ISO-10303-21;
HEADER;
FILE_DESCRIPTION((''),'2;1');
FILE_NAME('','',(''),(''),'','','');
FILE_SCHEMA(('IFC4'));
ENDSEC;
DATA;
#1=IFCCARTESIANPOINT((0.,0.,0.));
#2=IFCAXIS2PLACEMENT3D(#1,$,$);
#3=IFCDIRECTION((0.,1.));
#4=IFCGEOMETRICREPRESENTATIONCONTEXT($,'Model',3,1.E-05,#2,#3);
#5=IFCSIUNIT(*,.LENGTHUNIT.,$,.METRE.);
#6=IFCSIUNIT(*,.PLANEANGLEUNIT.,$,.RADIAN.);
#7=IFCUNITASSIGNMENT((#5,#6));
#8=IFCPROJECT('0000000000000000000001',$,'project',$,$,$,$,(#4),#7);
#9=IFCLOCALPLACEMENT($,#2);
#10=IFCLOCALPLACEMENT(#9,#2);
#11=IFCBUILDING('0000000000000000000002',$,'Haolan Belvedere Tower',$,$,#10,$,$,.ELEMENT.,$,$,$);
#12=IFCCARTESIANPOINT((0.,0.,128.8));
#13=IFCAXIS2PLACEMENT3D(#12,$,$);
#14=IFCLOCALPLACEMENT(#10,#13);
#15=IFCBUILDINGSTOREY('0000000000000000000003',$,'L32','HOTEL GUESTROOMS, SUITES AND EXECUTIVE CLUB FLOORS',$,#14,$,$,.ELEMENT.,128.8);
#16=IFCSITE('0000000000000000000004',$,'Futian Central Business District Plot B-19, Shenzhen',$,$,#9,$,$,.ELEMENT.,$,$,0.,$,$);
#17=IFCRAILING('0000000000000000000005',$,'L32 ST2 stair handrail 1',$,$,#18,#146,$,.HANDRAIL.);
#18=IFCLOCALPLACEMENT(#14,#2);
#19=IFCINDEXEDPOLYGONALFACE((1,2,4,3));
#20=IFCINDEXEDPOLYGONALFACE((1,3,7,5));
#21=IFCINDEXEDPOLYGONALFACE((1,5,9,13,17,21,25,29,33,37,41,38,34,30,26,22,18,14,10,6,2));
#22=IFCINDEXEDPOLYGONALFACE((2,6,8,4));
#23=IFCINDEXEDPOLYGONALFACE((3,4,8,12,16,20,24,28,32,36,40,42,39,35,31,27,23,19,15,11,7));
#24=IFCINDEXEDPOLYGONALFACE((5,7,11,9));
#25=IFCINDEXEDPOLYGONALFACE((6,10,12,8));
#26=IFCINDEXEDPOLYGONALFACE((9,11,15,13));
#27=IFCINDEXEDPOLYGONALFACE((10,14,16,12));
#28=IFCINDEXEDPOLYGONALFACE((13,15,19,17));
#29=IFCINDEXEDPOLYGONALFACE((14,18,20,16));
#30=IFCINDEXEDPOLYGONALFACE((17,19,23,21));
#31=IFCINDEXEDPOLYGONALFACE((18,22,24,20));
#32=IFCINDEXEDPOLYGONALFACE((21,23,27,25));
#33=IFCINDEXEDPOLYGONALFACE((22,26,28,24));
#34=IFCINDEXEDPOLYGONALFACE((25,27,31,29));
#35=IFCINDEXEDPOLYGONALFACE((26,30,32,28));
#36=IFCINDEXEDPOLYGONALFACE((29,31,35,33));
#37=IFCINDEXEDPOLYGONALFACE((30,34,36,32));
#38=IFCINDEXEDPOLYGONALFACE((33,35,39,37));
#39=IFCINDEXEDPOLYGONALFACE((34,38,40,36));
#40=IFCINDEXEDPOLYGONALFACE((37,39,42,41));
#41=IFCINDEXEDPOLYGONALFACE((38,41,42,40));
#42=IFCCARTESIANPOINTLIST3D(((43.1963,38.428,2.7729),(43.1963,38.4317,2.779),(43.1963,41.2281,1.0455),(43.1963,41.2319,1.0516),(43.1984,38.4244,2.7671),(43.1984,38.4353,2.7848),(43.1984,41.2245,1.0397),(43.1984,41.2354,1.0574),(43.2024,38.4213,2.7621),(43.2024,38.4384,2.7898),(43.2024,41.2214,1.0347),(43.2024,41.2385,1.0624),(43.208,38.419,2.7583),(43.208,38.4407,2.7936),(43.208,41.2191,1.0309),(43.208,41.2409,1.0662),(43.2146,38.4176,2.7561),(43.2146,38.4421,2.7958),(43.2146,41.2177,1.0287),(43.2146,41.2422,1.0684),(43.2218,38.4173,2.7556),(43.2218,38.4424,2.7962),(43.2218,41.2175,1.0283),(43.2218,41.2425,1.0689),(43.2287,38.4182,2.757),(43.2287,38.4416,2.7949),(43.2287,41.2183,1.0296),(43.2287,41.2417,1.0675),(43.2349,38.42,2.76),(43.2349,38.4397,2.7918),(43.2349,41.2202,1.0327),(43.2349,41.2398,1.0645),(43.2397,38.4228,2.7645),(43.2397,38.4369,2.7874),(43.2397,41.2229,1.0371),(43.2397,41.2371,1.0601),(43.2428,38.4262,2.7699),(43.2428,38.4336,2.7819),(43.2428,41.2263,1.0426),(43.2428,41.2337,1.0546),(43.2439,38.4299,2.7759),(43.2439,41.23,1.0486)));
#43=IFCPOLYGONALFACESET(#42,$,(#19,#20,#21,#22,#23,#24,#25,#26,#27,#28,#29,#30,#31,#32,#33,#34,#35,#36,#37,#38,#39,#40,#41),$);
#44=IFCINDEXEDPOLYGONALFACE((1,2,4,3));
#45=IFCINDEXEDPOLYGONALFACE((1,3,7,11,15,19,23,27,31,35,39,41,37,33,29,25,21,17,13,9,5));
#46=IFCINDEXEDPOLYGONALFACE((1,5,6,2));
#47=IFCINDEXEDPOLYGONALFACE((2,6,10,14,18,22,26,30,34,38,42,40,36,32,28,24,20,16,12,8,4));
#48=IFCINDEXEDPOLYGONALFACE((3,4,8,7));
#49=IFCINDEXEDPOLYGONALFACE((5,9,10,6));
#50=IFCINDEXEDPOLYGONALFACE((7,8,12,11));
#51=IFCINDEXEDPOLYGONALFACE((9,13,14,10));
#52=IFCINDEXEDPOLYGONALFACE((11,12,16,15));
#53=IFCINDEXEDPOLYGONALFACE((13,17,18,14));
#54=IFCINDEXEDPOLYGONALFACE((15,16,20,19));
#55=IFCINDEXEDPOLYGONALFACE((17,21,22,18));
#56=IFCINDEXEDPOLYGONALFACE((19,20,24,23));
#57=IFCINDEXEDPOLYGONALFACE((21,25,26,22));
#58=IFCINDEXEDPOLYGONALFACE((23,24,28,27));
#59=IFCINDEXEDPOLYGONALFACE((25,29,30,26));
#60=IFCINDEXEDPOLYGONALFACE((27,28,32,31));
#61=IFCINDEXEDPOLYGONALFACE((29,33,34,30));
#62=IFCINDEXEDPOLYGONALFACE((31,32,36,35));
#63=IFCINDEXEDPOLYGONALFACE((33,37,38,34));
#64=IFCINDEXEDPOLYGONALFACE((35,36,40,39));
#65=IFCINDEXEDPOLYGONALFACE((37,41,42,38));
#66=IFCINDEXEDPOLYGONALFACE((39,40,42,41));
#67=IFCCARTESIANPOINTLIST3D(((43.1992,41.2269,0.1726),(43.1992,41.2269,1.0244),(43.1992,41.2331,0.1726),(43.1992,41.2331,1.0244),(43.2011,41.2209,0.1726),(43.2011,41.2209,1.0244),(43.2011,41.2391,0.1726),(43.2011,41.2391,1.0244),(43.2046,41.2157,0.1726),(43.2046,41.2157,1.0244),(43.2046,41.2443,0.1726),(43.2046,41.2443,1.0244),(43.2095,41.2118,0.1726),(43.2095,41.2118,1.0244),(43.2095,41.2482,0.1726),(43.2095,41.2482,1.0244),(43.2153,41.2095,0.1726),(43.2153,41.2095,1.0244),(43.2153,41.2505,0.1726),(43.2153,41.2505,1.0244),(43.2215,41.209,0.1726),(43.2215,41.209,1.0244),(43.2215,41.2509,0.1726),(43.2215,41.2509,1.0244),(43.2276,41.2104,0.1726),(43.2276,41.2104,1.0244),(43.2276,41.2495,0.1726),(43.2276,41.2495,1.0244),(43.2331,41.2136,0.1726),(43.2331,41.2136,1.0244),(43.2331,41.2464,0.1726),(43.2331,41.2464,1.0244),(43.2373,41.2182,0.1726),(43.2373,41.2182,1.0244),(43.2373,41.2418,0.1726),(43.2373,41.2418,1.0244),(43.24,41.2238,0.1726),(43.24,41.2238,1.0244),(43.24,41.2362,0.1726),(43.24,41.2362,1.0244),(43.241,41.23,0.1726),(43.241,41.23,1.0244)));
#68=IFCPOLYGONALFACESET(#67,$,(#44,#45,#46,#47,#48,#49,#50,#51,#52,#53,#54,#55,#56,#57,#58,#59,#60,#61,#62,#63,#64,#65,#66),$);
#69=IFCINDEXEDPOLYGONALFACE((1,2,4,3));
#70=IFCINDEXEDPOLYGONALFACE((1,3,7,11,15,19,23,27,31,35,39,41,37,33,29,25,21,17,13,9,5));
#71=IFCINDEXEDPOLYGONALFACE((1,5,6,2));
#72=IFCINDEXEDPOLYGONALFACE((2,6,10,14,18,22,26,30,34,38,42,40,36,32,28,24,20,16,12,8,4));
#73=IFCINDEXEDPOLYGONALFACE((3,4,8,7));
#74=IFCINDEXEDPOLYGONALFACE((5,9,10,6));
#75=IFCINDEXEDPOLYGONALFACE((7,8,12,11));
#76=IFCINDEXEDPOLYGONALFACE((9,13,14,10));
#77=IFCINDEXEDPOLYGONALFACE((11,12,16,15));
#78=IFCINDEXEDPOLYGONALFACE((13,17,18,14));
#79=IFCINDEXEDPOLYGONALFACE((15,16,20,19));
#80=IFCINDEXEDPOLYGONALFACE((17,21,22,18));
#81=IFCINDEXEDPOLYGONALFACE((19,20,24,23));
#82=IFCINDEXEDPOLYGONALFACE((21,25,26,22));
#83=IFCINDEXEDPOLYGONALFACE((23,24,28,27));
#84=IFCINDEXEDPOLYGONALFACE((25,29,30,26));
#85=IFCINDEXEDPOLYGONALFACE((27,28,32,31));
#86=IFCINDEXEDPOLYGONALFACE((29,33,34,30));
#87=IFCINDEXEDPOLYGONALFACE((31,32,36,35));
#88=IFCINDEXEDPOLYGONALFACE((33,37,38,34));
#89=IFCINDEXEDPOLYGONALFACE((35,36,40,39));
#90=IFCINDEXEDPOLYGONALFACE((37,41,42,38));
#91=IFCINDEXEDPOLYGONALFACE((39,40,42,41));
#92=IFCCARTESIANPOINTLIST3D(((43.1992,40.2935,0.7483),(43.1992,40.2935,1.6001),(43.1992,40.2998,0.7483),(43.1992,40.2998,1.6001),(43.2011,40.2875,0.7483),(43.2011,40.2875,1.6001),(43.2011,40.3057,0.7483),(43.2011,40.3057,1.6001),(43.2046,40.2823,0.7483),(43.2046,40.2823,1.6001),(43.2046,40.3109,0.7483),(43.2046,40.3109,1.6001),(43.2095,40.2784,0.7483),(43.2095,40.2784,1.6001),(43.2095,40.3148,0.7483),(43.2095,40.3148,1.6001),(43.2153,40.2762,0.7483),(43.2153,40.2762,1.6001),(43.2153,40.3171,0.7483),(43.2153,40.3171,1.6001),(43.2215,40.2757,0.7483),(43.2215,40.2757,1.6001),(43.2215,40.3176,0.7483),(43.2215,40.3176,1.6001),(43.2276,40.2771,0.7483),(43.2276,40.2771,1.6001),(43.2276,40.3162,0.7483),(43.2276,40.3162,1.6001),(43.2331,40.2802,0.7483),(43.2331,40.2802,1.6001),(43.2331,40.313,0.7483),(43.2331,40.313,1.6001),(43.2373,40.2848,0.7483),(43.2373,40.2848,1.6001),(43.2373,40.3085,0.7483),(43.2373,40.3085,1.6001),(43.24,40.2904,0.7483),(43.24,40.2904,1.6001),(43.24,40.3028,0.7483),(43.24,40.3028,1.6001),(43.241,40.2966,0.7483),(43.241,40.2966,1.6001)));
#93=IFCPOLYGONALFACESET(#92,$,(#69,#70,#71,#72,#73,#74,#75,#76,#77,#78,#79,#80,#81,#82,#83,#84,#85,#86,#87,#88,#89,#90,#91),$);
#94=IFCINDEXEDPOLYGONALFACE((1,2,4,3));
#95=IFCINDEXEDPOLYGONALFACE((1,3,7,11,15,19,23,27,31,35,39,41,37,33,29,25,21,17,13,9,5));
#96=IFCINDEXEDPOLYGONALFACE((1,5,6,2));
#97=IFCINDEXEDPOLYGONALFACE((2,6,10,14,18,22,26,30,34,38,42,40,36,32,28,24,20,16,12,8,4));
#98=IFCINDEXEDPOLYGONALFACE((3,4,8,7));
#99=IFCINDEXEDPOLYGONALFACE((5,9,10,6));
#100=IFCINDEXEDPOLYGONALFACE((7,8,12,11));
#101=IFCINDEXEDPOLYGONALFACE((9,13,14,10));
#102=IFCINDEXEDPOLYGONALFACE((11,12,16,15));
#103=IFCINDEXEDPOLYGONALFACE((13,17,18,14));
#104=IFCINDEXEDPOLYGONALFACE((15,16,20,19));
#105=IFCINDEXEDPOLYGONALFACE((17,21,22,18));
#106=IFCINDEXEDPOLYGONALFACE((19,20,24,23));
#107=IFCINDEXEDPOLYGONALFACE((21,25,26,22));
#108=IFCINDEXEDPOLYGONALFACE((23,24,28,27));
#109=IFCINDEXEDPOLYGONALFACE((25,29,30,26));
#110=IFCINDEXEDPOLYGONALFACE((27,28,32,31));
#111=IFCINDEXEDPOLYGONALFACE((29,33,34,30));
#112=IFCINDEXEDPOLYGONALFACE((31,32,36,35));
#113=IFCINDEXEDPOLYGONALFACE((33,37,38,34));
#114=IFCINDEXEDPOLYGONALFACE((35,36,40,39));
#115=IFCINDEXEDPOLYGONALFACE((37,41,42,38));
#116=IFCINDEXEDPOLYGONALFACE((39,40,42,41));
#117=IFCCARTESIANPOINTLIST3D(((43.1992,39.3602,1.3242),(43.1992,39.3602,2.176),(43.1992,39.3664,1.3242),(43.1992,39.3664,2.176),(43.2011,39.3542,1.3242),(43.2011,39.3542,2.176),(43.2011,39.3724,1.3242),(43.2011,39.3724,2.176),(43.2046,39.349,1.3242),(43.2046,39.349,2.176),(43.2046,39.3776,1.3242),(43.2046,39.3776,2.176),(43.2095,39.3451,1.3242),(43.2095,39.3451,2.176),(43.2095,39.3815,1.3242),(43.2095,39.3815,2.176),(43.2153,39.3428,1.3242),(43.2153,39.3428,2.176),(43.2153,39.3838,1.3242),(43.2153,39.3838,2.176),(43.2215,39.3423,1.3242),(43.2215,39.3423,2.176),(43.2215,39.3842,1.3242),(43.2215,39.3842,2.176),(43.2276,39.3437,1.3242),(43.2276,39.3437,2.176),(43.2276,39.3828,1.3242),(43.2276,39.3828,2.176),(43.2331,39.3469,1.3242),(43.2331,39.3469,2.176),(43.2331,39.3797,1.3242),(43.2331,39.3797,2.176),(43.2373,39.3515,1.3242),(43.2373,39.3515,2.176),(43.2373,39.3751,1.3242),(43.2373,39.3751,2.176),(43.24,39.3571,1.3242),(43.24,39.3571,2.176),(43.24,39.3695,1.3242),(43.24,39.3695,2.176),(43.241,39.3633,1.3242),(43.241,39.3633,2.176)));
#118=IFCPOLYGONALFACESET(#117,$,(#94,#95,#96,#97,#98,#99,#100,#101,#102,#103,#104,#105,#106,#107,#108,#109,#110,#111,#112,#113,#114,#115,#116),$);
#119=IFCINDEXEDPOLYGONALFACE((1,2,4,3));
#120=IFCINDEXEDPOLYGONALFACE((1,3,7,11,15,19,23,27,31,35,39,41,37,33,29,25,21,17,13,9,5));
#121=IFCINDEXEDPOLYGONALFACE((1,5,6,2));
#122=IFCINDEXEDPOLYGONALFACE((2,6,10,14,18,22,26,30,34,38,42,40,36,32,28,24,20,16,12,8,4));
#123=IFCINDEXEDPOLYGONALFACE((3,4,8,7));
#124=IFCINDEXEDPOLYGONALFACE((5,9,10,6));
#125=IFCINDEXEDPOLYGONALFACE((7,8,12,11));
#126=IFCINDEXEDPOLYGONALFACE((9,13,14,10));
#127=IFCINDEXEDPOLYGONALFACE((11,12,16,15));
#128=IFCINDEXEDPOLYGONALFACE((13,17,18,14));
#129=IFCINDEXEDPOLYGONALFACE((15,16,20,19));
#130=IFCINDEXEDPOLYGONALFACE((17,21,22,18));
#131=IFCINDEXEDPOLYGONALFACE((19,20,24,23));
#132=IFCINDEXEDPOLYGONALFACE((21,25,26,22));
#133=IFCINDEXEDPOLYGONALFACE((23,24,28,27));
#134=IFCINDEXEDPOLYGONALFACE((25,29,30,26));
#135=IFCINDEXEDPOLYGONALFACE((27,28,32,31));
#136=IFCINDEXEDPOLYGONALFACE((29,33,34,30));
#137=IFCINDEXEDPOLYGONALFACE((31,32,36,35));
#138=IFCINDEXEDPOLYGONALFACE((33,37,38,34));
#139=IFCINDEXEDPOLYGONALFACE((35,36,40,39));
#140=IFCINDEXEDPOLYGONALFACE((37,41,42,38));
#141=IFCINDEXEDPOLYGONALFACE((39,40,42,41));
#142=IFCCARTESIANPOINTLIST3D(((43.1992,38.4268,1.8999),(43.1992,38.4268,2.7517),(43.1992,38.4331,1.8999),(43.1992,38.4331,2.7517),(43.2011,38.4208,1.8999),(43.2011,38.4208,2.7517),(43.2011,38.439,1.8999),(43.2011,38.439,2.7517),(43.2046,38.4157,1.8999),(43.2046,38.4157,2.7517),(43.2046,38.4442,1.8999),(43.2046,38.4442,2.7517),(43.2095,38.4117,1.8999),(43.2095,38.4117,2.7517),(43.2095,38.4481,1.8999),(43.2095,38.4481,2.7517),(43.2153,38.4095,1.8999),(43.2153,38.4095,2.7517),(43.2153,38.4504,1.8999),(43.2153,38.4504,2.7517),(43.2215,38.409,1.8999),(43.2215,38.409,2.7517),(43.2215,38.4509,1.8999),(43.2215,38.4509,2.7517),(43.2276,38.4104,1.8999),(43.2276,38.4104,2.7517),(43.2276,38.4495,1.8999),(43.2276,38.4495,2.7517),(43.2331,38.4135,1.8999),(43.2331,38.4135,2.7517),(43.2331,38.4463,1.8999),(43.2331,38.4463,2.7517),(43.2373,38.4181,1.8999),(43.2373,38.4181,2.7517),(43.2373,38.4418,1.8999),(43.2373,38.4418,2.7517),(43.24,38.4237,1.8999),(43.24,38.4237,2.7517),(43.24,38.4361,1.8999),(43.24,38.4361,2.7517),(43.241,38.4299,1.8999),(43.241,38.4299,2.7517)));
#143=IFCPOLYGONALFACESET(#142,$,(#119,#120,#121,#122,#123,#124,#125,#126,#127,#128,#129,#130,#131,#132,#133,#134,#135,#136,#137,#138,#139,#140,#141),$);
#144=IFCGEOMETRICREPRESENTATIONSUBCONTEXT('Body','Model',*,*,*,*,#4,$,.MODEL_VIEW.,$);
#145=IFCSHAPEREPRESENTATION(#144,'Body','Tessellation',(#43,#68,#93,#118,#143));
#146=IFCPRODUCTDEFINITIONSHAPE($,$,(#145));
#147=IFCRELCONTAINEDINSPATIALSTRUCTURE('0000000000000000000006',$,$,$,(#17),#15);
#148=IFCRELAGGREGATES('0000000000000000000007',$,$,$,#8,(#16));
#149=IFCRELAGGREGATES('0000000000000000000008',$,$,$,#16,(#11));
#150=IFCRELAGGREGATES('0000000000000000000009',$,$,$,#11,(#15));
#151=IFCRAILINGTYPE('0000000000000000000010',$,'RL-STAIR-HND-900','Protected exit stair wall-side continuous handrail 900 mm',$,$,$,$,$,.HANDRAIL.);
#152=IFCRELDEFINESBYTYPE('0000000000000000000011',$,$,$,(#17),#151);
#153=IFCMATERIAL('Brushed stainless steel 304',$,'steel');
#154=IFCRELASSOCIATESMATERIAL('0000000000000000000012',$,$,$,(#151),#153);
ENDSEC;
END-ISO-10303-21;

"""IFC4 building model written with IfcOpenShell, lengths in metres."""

from ifc_helpers import new_model, si_unit, direction, frame, origin, origin_2d, place, context, subcontext, project, spatial, circle, extrude, material, type_object, element, save


model = new_model("IFC4")

# Units and contexts
model_context = context("Model", 3, precision=1e-05, world=origin(), true_north=direction((0.0, 1.0)))
body_context = subcontext(model_context, "Body", "Model", "MODEL_VIEW")
ifc_project = project(units=[si_unit("LENGTHUNIT", "METRE"), si_unit("PLANEANGLEUNIT", "RADIAN")], contexts=[model_context])

# Site, building, storey
site_placement = place(None, origin())
site = spatial("IfcSite", under=ifc_project, at=site_placement, Name="Futian Central Business District Plot B-19, Shenzhen", CompositionType="ELEMENT", RefElevation=0.0)
building_placement = place(site_placement, origin())
building = spatial("IfcBuilding", under=site, at=building_placement, Name="Haolan Belvedere Tower", CompositionType="ELEMENT")
storey_placement = place(building_placement, frame((0.0, 0.0, 128.8)))
storey = spatial("IfcBuildingStorey", under=building, at=storey_placement, Name="L32", Description="HOTEL GUESTROOMS, SUITES AND EXECUTIVE CLUB FLOORS", CompositionType="ELEMENT", Elevation=128.8)

# Railing
ifc_material_1 = material(Name="Brushed stainless steel 304", Category="steel")
railing_type_1 = type_object("IfcRailingType", Name="RL-STAIR-HND-900", Description="Protected exit stair wall-side continuous handrail 900 mm", PredefinedType="HANDRAIL", material=ifc_material_1)
railing_1_placement = place(storey_placement, frame((43.22, 41.23, 0.1726)))
element("IfcRailing", 1, at=railing_1_placement, inside=storey, type_object=railing_type_1, Name="L32 ST2 stair handrail 1", PredefinedType="HANDRAIL", context=body_context, shape_type="SweptSolid", body=[
    extrude(circle(Radius=0.0239, at=origin_2d()), frame((0.0, 0.0, 0.876), z_axis=(0.0, -0.85109, 0.52502), x_axis=(1.0, 0.0, 0.0)), (0.0, 0.0, 1.0), 3.29),
    extrude(circle(Radius=0.021, at=origin_2d()), origin(), (0.0, 0.0, 1.0), 0.8518),
    extrude(circle(Radius=0.021, at=origin_2d()), frame((0.0, -0.9333, 0.5757)), (0.0, 0.0, 1.0), 0.8518),
    extrude(circle(Radius=0.021, at=origin_2d()), frame((0.0, -1.8667, 1.1516)), (0.0, 0.0, 1.0), 0.8518),
    extrude(circle(Radius=0.021, at=origin_2d()), frame((0.0, -2.8, 1.7273)), (0.0, 0.0, 1.0), 0.8518),
])

save(model, "model.ifc")
